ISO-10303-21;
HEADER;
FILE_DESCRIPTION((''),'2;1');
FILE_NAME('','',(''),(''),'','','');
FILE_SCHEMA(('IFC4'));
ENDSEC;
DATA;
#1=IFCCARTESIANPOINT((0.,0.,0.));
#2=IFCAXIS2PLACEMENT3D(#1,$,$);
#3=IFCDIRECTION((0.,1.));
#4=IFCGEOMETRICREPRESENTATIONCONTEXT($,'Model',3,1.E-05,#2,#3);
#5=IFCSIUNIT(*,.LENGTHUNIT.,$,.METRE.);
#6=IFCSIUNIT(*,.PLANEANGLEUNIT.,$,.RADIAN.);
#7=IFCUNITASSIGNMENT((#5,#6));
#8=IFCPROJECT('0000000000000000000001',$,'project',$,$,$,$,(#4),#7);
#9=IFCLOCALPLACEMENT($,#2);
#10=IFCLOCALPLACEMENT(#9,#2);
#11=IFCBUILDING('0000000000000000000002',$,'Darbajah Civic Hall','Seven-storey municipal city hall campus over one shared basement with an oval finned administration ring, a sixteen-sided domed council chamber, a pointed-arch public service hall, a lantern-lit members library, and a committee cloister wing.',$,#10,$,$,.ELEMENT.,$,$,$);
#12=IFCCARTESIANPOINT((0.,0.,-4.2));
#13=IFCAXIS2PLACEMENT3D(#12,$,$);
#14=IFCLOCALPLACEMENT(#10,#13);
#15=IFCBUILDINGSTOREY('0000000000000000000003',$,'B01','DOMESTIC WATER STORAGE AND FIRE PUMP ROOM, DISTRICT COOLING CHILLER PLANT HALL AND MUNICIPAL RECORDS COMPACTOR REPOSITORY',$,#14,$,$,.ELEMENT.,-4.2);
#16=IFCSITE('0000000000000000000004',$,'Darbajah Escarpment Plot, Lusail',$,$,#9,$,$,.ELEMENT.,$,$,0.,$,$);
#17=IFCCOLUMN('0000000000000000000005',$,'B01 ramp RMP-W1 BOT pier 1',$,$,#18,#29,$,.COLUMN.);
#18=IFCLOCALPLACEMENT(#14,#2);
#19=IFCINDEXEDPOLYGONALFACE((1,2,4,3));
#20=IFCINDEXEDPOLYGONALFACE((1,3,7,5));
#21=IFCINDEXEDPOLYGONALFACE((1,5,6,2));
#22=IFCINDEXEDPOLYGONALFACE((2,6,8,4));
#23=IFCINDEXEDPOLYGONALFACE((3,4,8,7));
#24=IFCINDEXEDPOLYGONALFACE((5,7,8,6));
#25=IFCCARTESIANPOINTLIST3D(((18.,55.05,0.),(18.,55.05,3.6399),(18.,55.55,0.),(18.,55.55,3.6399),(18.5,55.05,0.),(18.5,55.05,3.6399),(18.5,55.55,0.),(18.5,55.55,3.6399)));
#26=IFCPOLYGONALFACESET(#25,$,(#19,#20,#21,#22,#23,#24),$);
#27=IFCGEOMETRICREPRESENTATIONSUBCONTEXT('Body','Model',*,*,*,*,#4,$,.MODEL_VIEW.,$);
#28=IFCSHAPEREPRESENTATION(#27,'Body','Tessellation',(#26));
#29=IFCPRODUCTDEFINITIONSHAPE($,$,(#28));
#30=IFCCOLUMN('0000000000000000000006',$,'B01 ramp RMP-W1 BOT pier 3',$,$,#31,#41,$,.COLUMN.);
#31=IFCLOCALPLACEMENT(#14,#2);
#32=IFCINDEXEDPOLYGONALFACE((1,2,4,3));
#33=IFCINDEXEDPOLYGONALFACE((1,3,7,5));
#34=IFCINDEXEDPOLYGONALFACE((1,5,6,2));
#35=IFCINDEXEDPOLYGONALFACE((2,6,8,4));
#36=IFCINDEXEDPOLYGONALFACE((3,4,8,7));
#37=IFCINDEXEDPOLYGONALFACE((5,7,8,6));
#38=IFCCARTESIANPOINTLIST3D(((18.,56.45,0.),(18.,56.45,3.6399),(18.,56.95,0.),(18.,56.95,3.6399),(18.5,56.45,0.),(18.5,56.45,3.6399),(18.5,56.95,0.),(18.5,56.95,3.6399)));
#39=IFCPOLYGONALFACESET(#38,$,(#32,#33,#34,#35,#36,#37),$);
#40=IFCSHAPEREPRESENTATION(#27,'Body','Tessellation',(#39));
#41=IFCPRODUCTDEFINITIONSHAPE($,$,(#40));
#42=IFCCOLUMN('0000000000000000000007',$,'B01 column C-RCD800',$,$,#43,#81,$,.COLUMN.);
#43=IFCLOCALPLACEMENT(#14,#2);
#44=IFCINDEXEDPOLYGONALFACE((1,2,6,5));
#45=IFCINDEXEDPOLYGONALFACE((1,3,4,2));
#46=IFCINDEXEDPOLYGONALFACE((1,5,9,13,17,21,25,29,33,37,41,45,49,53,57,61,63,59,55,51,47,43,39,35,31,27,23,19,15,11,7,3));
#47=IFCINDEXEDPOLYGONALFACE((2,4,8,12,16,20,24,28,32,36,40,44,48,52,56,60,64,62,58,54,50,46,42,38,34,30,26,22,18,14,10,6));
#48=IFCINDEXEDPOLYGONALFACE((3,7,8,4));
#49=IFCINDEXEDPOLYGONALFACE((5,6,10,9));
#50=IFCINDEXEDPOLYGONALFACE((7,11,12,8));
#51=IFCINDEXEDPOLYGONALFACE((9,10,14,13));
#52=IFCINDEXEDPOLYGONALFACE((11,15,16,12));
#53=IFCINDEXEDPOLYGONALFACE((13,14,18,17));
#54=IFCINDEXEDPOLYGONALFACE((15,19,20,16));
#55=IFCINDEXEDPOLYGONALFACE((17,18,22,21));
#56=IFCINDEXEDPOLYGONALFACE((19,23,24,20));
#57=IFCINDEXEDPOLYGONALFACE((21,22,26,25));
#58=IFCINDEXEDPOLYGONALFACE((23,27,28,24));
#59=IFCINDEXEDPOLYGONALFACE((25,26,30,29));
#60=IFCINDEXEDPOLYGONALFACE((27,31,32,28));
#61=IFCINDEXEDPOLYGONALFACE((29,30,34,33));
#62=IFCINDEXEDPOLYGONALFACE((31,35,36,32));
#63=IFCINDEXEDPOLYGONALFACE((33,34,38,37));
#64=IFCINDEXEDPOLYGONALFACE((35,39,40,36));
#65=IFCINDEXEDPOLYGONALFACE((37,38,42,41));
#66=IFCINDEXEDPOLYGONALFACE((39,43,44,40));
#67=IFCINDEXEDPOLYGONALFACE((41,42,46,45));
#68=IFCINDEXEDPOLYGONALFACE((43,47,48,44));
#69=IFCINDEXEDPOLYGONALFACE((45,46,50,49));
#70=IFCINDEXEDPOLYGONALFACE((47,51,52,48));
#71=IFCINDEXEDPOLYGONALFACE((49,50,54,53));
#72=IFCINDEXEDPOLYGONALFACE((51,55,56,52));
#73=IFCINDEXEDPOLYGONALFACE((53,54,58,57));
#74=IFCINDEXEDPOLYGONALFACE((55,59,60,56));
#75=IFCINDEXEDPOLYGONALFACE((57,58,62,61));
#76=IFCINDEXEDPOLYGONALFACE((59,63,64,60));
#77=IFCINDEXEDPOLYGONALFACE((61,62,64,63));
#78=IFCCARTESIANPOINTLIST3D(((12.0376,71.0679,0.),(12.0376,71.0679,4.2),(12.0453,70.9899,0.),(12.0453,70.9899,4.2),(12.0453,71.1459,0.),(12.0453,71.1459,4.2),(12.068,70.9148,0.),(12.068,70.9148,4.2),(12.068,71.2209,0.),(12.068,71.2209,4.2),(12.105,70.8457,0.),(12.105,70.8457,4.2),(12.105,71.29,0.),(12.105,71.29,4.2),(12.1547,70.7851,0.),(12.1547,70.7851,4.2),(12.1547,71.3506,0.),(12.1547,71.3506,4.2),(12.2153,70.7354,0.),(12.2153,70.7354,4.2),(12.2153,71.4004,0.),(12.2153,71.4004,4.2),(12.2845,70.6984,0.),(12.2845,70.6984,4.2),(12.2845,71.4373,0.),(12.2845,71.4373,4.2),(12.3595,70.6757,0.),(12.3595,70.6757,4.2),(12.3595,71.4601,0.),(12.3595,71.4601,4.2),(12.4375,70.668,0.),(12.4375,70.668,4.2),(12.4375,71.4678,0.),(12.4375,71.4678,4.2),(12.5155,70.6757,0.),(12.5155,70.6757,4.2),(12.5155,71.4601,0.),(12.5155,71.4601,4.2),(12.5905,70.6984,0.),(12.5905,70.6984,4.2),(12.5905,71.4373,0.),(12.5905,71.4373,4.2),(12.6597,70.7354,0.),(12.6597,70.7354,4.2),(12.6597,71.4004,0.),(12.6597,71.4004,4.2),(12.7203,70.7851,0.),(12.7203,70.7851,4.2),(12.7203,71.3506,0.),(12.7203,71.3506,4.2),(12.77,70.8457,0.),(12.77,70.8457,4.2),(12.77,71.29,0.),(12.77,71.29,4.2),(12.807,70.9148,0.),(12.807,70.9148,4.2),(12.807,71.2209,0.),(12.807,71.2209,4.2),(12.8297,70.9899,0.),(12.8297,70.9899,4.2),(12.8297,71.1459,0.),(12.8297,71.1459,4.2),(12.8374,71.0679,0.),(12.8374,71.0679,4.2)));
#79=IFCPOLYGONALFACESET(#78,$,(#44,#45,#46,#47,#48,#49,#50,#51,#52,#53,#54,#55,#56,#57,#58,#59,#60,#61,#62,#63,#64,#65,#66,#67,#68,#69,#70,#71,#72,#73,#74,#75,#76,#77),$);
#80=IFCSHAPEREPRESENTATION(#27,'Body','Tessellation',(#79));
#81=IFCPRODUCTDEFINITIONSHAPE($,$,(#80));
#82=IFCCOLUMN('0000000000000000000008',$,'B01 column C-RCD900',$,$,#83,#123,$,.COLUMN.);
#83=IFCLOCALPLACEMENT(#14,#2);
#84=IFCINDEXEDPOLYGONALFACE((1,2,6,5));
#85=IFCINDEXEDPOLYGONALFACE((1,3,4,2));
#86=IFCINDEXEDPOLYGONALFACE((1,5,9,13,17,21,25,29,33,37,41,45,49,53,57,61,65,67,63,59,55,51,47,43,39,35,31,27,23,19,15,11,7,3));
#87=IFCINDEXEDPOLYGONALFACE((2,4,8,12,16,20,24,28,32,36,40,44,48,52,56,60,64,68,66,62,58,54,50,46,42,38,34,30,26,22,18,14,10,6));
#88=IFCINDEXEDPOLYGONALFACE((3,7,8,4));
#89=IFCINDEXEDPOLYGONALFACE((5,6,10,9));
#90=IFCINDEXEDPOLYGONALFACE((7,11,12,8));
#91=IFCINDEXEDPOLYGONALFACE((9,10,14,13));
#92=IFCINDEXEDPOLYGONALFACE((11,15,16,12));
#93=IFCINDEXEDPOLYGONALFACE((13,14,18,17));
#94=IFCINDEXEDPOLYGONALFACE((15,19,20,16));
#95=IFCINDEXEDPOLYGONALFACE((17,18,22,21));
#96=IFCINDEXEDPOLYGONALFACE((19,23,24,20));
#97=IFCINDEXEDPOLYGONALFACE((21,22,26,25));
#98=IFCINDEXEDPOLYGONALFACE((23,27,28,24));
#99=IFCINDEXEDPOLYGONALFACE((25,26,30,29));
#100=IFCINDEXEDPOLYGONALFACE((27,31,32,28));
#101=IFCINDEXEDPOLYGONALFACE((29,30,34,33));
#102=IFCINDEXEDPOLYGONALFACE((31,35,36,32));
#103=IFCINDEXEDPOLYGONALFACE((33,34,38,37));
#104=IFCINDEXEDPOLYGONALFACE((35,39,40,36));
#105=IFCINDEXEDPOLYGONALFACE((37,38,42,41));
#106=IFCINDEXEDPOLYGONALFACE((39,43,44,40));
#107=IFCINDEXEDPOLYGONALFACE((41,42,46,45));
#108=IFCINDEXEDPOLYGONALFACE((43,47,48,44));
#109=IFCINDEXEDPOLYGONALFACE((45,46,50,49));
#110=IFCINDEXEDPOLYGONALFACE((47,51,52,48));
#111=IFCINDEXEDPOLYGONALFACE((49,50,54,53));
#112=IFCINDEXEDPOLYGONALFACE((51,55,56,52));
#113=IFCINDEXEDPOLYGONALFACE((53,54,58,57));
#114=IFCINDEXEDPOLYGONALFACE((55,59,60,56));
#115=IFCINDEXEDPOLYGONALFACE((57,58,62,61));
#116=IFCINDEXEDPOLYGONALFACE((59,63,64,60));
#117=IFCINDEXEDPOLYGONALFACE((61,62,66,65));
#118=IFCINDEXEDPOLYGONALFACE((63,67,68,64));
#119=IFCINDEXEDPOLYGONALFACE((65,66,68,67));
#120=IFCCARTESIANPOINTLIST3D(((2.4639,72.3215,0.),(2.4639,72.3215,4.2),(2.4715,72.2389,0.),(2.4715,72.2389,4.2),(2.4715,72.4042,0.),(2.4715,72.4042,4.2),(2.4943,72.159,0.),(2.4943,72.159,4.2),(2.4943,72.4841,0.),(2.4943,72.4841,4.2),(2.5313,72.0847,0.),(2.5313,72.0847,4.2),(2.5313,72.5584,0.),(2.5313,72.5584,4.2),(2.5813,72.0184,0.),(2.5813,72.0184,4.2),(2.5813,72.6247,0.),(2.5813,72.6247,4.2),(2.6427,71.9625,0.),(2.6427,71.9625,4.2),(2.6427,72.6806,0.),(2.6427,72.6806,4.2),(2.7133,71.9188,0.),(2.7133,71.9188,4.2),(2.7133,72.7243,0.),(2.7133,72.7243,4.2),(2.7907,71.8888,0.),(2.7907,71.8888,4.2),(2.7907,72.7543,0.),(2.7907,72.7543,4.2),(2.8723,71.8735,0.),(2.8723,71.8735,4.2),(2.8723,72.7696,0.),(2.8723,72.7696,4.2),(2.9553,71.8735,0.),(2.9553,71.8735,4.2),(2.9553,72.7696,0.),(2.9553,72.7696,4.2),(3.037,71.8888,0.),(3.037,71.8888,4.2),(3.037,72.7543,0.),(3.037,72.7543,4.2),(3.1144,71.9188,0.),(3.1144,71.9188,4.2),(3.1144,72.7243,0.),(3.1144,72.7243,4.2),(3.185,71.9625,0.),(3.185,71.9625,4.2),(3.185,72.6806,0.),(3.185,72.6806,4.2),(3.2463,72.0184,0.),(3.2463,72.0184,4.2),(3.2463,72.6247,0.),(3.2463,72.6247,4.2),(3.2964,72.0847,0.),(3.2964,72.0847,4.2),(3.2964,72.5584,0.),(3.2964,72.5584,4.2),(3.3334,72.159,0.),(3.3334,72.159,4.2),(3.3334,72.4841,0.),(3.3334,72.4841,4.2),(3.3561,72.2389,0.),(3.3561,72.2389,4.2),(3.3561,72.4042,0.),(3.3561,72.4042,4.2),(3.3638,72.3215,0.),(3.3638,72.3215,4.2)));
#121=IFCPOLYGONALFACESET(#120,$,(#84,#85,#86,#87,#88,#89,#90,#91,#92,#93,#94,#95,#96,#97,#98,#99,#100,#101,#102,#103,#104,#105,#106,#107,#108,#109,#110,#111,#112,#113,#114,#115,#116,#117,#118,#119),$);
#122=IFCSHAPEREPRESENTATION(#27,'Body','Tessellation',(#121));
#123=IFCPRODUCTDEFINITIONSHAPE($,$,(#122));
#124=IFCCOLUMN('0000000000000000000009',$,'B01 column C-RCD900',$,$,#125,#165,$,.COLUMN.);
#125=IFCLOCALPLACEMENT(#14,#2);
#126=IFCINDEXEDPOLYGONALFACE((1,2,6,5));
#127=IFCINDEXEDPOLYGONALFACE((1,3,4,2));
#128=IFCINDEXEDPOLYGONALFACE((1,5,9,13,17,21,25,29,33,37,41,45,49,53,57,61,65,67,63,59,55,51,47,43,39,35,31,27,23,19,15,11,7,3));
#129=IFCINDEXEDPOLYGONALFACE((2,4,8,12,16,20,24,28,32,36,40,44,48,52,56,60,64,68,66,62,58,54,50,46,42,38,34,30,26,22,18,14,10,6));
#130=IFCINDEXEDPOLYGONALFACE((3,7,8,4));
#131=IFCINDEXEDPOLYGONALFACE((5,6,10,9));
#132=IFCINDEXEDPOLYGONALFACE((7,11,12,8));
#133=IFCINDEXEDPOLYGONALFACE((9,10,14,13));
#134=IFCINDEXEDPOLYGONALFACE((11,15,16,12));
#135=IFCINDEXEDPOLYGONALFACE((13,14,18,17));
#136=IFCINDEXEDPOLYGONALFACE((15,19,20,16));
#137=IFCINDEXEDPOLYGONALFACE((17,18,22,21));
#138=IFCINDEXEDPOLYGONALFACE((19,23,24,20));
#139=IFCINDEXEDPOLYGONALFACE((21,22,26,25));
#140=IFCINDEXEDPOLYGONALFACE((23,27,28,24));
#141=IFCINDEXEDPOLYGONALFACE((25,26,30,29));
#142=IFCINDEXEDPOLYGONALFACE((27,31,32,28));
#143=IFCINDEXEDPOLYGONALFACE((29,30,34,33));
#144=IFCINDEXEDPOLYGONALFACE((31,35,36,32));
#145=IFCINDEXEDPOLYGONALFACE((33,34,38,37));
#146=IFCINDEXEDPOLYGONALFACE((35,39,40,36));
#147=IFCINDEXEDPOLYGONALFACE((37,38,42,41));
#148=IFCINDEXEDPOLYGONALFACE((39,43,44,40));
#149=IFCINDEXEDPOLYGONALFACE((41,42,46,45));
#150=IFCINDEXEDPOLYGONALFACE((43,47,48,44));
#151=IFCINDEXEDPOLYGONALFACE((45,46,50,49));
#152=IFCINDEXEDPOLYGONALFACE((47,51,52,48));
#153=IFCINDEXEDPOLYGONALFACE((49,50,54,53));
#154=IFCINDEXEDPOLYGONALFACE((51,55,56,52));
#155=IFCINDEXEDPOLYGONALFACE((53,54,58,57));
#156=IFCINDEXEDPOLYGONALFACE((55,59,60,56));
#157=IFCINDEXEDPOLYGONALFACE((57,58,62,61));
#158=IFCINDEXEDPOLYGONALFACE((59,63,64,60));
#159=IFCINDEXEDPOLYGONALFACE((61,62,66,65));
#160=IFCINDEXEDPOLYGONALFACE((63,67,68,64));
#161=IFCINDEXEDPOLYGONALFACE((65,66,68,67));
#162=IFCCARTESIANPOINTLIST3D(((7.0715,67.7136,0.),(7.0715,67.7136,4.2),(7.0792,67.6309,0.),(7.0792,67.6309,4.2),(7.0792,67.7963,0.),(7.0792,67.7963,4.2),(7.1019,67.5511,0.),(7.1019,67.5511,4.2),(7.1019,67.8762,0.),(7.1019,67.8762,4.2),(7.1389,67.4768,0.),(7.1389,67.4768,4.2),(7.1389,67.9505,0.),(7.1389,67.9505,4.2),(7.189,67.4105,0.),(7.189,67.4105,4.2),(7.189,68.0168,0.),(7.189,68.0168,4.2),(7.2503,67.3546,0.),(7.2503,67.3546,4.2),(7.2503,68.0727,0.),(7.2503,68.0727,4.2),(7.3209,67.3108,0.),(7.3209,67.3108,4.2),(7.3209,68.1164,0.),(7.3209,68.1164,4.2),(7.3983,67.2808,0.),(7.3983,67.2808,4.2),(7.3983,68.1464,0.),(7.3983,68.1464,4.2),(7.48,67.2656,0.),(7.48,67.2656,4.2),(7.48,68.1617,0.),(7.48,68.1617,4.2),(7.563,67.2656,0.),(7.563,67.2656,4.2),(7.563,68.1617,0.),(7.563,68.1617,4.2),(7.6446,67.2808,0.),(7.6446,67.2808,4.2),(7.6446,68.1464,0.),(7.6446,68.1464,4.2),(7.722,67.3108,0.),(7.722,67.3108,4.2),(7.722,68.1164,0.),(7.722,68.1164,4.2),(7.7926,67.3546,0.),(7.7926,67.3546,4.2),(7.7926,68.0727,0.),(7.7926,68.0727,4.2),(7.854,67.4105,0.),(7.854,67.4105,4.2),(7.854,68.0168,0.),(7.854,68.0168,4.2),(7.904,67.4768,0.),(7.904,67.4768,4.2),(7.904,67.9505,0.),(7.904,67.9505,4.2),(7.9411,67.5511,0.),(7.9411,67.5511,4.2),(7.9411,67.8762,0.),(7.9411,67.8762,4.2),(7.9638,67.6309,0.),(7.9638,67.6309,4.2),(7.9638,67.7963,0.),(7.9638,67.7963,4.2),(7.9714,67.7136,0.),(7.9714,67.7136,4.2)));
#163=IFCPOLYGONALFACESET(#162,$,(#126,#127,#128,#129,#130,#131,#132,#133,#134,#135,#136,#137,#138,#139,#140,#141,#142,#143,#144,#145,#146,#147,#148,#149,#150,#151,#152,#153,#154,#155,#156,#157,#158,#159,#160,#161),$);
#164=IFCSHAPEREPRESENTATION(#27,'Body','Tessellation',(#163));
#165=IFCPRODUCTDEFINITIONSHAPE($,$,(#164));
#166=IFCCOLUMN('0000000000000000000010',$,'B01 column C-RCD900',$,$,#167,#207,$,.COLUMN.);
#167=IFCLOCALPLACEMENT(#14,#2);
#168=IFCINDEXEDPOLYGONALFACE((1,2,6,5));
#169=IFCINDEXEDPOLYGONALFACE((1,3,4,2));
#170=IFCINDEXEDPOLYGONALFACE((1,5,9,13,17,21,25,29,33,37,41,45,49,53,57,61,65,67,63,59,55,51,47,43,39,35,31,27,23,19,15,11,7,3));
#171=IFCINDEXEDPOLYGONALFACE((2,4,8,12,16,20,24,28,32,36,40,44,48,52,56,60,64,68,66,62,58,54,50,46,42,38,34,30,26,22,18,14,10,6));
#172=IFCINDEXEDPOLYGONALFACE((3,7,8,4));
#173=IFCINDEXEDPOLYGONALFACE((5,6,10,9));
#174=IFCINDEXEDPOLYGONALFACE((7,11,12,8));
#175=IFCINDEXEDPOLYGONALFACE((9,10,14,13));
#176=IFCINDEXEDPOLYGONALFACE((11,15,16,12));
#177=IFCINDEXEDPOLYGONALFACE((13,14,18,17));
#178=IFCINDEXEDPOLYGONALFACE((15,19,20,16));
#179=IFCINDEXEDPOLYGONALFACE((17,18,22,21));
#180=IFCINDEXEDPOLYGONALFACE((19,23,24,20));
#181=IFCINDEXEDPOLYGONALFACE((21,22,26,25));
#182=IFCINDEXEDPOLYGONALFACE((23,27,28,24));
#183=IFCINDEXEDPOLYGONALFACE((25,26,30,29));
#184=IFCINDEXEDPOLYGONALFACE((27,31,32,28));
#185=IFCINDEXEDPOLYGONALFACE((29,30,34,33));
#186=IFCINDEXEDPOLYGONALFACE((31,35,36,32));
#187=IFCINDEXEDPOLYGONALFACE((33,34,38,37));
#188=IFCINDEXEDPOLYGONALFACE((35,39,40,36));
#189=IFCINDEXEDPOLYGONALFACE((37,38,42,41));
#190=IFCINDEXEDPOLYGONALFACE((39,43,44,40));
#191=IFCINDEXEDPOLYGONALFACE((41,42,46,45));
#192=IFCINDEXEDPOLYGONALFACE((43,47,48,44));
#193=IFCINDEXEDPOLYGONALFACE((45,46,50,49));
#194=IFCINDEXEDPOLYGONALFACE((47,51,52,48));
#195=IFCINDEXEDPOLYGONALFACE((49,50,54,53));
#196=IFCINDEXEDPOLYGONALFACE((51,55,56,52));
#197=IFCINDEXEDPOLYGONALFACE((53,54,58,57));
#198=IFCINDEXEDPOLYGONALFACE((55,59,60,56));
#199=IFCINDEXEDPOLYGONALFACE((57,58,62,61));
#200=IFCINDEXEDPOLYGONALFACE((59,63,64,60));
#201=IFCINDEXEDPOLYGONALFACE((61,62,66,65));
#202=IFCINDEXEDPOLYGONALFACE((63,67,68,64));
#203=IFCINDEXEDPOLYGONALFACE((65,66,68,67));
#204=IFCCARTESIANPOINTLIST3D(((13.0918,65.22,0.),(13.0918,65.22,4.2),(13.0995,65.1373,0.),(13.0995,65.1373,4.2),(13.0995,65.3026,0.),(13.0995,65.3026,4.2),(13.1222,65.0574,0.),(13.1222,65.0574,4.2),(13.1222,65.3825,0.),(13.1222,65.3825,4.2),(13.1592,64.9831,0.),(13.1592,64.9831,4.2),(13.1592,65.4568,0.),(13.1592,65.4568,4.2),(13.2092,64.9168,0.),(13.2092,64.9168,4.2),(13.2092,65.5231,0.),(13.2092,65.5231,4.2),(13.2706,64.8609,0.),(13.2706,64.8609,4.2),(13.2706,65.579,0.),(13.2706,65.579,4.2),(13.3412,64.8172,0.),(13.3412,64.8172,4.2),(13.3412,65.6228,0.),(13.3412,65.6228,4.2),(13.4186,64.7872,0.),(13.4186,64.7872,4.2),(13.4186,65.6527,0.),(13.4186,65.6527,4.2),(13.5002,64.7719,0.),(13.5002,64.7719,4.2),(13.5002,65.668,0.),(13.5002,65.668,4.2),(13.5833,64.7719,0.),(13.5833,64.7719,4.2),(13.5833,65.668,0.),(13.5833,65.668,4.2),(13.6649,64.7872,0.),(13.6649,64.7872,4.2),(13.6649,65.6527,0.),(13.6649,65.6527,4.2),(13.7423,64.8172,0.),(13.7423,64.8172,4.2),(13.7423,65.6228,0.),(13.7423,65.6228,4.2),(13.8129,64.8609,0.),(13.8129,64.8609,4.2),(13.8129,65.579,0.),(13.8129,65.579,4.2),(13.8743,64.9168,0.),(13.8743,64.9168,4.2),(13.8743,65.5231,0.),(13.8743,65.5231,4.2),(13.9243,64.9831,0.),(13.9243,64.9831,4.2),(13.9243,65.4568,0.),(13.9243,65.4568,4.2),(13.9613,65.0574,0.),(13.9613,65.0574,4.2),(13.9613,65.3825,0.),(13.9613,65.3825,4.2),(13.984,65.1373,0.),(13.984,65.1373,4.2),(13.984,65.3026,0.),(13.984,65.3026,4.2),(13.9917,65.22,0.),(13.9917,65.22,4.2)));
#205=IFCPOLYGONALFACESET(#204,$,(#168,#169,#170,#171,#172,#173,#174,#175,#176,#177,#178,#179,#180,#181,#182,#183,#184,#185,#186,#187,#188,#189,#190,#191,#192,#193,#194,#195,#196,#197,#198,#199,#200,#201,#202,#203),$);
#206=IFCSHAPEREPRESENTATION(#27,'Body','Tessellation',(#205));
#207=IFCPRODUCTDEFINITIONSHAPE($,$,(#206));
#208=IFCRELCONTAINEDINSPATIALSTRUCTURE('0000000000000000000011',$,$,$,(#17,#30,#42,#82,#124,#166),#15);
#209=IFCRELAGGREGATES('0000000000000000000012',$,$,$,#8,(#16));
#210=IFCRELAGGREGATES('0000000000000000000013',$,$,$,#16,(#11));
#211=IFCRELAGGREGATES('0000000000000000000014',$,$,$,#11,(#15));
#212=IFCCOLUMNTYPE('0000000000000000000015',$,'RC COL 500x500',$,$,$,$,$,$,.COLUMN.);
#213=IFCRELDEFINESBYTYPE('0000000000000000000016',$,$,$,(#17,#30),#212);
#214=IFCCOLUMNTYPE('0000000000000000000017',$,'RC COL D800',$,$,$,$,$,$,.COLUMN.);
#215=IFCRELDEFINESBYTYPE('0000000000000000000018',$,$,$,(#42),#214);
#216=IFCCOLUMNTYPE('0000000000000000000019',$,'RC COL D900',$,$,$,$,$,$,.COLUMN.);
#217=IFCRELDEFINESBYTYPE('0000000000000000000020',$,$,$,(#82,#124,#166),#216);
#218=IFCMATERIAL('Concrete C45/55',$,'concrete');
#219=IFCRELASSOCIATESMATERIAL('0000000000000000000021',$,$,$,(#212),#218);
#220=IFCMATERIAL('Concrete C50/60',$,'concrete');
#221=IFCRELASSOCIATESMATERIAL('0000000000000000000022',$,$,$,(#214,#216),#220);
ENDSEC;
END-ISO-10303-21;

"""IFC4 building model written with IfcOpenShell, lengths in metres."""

from ifc_helpers import new_model, si_unit, direction, frame, origin, origin_2d, place, context, subcontext, project, spatial, rectangle, circle, extrude, material, material_profile, profile_set, type_object, element, save


model = new_model("IFC4")

# Units and contexts
model_context = context("Model", 3, precision=1e-05, world=origin(), true_north=direction((0.0, 1.0)))
body_context = subcontext(model_context, "Body", "Model", "MODEL_VIEW")
ifc_project = project(units=[si_unit("LENGTHUNIT", "METRE"), si_unit("PLANEANGLEUNIT", "RADIAN")], contexts=[model_context])

# Site, building, storey
site_placement = place(None, origin())
site = spatial("IfcSite", under=ifc_project, at=site_placement, Name="Darbajah Escarpment Plot, Lusail", CompositionType="ELEMENT", RefElevation=0.0)
building_placement = place(site_placement, origin())
building = spatial("IfcBuilding", under=site, at=building_placement, Name="Darbajah Civic Hall", Description="Seven-storey municipal city hall campus over one shared basement with an oval finned administration ring, a sixteen-sided domed council chamber, a pointed-arch public service hall, a lantern-lit members library, and a committee cloister wing.", CompositionType="ELEMENT")
storey_placement = place(building_placement, frame((0.0, 0.0, -4.2)))
storey = spatial("IfcBuildingStorey", under=building, at=storey_placement, Name="B01", Description="DOMESTIC WATER STORAGE AND FIRE PUMP ROOM, DISTRICT COOLING CHILLER PLANT HALL AND MUNICIPAL RECORDS COMPACTOR REPOSITORY", CompositionType="ELEMENT", Elevation=-4.2)

# Shared definitions
ifc_material_1 = material(Name="Concrete C45/55", Category="concrete")

# Columns
ifc_material_profile_1 = material_profile(ifc_material_1, rectangle(XDim=0.5, YDim=0.5, at=origin_2d()), Name="RC COL 500x500")
ifc_profile_set_1 = profile_set([ifc_material_profile_1], Name="Concrete C45/55")
column_type_1 = type_object("IfcColumnType", Name="RC COL 500x500", PredefinedType="COLUMN", material=ifc_profile_set_1)
for number, where, z_axis, x_axis, name in (
    (1, (18.25, 55.3, 0.0), (0.0, 0.0, 1.0), (1.0, 0.0, 0.0), "B01 ramp RMP-W1 BOT pier 1"),
    (2, (18.25, 56.7, 0.0), (0.0, 0.0, 1.0), (1.0, 0.0, 0.0), "B01 ramp RMP-W1 BOT pier 3"),
):
    element("IfcColumn", number, at=place(storey_placement, frame(where, z_axis=z_axis, x_axis=x_axis)), inside=storey, type_object=column_type_1, Name=name, PredefinedType="COLUMN", context=body_context, shape_type="SweptSolid", body=[
        extrude(rectangle(XDim=0.5, YDim=0.5, at=origin_2d()), origin(), (0.0, 0.0, 1.0), 3.6399),
    ])
ifc_material_2 = material(Name="Concrete C50/60", Category="concrete")
ifc_material_profile_2 = material_profile(ifc_material_2, circle(Radius=0.3999, at=origin_2d()), Name="RC COL D800")
ifc_profile_set_2 = profile_set([ifc_material_profile_2], Name="Concrete C50/60")
column_type_2 = type_object("IfcColumnType", Name="RC COL D800", PredefinedType="COLUMN", material=ifc_profile_set_2)
column_placement = place(storey_placement, frame((12.4375, 71.0679, 0.0), z_axis=(0.0, 0.0, 1.0), x_axis=(1.0, 0.0, 0.0)))
element("IfcColumn", 3, at=column_placement, inside=storey, type_object=column_type_2, Name="B01 column C-RCD800", PredefinedType="COLUMN", context=body_context, shape_type="SweptSolid", body=[
    extrude(circle(Radius=0.3999, at=origin_2d()), origin(), (0.0, 0.0, 1.0), 4.2),
])
ifc_material_profile_3 = material_profile(ifc_material_2, circle(Radius=0.45, at=origin_2d()), Name="RC COL D900")
ifc_profile_set_3 = profile_set([ifc_material_profile_3], Name="Concrete C50/60")
column_type_3 = type_object("IfcColumnType", Name="RC COL D900", PredefinedType="COLUMN", material=ifc_profile_set_3)
for number, where, z_axis, x_axis, name in (
    (4, (2.9138, 72.3215, 0.0), (0.0, 0.0, 1.0), (1.0, 0.0, 0.0), "B01 column C-RCD900"),
    (5, (7.5215, 67.7136, 0.0), (0.0, 0.0, 1.0), (1.0, 0.0, 0.0), "B01 column C-RCD900"),
    (6, (13.5417, 65.22, 0.0), (0.0, 0.0, 1.0), (1.0, 0.0, 0.0), "B01 column C-RCD900"),
):
    element("IfcColumn", number, at=place(storey_placement, frame(where, z_axis=z_axis, x_axis=x_axis)), inside=storey, type_object=column_type_3, Name=name, PredefinedType="COLUMN", context=body_context, shape_type="SweptSolid", body=[
        extrude(circle(Radius=0.45, at=origin_2d()), origin(), (0.0, 0.0, 1.0), 4.2),
    ])

save(model, "model.ifc")
